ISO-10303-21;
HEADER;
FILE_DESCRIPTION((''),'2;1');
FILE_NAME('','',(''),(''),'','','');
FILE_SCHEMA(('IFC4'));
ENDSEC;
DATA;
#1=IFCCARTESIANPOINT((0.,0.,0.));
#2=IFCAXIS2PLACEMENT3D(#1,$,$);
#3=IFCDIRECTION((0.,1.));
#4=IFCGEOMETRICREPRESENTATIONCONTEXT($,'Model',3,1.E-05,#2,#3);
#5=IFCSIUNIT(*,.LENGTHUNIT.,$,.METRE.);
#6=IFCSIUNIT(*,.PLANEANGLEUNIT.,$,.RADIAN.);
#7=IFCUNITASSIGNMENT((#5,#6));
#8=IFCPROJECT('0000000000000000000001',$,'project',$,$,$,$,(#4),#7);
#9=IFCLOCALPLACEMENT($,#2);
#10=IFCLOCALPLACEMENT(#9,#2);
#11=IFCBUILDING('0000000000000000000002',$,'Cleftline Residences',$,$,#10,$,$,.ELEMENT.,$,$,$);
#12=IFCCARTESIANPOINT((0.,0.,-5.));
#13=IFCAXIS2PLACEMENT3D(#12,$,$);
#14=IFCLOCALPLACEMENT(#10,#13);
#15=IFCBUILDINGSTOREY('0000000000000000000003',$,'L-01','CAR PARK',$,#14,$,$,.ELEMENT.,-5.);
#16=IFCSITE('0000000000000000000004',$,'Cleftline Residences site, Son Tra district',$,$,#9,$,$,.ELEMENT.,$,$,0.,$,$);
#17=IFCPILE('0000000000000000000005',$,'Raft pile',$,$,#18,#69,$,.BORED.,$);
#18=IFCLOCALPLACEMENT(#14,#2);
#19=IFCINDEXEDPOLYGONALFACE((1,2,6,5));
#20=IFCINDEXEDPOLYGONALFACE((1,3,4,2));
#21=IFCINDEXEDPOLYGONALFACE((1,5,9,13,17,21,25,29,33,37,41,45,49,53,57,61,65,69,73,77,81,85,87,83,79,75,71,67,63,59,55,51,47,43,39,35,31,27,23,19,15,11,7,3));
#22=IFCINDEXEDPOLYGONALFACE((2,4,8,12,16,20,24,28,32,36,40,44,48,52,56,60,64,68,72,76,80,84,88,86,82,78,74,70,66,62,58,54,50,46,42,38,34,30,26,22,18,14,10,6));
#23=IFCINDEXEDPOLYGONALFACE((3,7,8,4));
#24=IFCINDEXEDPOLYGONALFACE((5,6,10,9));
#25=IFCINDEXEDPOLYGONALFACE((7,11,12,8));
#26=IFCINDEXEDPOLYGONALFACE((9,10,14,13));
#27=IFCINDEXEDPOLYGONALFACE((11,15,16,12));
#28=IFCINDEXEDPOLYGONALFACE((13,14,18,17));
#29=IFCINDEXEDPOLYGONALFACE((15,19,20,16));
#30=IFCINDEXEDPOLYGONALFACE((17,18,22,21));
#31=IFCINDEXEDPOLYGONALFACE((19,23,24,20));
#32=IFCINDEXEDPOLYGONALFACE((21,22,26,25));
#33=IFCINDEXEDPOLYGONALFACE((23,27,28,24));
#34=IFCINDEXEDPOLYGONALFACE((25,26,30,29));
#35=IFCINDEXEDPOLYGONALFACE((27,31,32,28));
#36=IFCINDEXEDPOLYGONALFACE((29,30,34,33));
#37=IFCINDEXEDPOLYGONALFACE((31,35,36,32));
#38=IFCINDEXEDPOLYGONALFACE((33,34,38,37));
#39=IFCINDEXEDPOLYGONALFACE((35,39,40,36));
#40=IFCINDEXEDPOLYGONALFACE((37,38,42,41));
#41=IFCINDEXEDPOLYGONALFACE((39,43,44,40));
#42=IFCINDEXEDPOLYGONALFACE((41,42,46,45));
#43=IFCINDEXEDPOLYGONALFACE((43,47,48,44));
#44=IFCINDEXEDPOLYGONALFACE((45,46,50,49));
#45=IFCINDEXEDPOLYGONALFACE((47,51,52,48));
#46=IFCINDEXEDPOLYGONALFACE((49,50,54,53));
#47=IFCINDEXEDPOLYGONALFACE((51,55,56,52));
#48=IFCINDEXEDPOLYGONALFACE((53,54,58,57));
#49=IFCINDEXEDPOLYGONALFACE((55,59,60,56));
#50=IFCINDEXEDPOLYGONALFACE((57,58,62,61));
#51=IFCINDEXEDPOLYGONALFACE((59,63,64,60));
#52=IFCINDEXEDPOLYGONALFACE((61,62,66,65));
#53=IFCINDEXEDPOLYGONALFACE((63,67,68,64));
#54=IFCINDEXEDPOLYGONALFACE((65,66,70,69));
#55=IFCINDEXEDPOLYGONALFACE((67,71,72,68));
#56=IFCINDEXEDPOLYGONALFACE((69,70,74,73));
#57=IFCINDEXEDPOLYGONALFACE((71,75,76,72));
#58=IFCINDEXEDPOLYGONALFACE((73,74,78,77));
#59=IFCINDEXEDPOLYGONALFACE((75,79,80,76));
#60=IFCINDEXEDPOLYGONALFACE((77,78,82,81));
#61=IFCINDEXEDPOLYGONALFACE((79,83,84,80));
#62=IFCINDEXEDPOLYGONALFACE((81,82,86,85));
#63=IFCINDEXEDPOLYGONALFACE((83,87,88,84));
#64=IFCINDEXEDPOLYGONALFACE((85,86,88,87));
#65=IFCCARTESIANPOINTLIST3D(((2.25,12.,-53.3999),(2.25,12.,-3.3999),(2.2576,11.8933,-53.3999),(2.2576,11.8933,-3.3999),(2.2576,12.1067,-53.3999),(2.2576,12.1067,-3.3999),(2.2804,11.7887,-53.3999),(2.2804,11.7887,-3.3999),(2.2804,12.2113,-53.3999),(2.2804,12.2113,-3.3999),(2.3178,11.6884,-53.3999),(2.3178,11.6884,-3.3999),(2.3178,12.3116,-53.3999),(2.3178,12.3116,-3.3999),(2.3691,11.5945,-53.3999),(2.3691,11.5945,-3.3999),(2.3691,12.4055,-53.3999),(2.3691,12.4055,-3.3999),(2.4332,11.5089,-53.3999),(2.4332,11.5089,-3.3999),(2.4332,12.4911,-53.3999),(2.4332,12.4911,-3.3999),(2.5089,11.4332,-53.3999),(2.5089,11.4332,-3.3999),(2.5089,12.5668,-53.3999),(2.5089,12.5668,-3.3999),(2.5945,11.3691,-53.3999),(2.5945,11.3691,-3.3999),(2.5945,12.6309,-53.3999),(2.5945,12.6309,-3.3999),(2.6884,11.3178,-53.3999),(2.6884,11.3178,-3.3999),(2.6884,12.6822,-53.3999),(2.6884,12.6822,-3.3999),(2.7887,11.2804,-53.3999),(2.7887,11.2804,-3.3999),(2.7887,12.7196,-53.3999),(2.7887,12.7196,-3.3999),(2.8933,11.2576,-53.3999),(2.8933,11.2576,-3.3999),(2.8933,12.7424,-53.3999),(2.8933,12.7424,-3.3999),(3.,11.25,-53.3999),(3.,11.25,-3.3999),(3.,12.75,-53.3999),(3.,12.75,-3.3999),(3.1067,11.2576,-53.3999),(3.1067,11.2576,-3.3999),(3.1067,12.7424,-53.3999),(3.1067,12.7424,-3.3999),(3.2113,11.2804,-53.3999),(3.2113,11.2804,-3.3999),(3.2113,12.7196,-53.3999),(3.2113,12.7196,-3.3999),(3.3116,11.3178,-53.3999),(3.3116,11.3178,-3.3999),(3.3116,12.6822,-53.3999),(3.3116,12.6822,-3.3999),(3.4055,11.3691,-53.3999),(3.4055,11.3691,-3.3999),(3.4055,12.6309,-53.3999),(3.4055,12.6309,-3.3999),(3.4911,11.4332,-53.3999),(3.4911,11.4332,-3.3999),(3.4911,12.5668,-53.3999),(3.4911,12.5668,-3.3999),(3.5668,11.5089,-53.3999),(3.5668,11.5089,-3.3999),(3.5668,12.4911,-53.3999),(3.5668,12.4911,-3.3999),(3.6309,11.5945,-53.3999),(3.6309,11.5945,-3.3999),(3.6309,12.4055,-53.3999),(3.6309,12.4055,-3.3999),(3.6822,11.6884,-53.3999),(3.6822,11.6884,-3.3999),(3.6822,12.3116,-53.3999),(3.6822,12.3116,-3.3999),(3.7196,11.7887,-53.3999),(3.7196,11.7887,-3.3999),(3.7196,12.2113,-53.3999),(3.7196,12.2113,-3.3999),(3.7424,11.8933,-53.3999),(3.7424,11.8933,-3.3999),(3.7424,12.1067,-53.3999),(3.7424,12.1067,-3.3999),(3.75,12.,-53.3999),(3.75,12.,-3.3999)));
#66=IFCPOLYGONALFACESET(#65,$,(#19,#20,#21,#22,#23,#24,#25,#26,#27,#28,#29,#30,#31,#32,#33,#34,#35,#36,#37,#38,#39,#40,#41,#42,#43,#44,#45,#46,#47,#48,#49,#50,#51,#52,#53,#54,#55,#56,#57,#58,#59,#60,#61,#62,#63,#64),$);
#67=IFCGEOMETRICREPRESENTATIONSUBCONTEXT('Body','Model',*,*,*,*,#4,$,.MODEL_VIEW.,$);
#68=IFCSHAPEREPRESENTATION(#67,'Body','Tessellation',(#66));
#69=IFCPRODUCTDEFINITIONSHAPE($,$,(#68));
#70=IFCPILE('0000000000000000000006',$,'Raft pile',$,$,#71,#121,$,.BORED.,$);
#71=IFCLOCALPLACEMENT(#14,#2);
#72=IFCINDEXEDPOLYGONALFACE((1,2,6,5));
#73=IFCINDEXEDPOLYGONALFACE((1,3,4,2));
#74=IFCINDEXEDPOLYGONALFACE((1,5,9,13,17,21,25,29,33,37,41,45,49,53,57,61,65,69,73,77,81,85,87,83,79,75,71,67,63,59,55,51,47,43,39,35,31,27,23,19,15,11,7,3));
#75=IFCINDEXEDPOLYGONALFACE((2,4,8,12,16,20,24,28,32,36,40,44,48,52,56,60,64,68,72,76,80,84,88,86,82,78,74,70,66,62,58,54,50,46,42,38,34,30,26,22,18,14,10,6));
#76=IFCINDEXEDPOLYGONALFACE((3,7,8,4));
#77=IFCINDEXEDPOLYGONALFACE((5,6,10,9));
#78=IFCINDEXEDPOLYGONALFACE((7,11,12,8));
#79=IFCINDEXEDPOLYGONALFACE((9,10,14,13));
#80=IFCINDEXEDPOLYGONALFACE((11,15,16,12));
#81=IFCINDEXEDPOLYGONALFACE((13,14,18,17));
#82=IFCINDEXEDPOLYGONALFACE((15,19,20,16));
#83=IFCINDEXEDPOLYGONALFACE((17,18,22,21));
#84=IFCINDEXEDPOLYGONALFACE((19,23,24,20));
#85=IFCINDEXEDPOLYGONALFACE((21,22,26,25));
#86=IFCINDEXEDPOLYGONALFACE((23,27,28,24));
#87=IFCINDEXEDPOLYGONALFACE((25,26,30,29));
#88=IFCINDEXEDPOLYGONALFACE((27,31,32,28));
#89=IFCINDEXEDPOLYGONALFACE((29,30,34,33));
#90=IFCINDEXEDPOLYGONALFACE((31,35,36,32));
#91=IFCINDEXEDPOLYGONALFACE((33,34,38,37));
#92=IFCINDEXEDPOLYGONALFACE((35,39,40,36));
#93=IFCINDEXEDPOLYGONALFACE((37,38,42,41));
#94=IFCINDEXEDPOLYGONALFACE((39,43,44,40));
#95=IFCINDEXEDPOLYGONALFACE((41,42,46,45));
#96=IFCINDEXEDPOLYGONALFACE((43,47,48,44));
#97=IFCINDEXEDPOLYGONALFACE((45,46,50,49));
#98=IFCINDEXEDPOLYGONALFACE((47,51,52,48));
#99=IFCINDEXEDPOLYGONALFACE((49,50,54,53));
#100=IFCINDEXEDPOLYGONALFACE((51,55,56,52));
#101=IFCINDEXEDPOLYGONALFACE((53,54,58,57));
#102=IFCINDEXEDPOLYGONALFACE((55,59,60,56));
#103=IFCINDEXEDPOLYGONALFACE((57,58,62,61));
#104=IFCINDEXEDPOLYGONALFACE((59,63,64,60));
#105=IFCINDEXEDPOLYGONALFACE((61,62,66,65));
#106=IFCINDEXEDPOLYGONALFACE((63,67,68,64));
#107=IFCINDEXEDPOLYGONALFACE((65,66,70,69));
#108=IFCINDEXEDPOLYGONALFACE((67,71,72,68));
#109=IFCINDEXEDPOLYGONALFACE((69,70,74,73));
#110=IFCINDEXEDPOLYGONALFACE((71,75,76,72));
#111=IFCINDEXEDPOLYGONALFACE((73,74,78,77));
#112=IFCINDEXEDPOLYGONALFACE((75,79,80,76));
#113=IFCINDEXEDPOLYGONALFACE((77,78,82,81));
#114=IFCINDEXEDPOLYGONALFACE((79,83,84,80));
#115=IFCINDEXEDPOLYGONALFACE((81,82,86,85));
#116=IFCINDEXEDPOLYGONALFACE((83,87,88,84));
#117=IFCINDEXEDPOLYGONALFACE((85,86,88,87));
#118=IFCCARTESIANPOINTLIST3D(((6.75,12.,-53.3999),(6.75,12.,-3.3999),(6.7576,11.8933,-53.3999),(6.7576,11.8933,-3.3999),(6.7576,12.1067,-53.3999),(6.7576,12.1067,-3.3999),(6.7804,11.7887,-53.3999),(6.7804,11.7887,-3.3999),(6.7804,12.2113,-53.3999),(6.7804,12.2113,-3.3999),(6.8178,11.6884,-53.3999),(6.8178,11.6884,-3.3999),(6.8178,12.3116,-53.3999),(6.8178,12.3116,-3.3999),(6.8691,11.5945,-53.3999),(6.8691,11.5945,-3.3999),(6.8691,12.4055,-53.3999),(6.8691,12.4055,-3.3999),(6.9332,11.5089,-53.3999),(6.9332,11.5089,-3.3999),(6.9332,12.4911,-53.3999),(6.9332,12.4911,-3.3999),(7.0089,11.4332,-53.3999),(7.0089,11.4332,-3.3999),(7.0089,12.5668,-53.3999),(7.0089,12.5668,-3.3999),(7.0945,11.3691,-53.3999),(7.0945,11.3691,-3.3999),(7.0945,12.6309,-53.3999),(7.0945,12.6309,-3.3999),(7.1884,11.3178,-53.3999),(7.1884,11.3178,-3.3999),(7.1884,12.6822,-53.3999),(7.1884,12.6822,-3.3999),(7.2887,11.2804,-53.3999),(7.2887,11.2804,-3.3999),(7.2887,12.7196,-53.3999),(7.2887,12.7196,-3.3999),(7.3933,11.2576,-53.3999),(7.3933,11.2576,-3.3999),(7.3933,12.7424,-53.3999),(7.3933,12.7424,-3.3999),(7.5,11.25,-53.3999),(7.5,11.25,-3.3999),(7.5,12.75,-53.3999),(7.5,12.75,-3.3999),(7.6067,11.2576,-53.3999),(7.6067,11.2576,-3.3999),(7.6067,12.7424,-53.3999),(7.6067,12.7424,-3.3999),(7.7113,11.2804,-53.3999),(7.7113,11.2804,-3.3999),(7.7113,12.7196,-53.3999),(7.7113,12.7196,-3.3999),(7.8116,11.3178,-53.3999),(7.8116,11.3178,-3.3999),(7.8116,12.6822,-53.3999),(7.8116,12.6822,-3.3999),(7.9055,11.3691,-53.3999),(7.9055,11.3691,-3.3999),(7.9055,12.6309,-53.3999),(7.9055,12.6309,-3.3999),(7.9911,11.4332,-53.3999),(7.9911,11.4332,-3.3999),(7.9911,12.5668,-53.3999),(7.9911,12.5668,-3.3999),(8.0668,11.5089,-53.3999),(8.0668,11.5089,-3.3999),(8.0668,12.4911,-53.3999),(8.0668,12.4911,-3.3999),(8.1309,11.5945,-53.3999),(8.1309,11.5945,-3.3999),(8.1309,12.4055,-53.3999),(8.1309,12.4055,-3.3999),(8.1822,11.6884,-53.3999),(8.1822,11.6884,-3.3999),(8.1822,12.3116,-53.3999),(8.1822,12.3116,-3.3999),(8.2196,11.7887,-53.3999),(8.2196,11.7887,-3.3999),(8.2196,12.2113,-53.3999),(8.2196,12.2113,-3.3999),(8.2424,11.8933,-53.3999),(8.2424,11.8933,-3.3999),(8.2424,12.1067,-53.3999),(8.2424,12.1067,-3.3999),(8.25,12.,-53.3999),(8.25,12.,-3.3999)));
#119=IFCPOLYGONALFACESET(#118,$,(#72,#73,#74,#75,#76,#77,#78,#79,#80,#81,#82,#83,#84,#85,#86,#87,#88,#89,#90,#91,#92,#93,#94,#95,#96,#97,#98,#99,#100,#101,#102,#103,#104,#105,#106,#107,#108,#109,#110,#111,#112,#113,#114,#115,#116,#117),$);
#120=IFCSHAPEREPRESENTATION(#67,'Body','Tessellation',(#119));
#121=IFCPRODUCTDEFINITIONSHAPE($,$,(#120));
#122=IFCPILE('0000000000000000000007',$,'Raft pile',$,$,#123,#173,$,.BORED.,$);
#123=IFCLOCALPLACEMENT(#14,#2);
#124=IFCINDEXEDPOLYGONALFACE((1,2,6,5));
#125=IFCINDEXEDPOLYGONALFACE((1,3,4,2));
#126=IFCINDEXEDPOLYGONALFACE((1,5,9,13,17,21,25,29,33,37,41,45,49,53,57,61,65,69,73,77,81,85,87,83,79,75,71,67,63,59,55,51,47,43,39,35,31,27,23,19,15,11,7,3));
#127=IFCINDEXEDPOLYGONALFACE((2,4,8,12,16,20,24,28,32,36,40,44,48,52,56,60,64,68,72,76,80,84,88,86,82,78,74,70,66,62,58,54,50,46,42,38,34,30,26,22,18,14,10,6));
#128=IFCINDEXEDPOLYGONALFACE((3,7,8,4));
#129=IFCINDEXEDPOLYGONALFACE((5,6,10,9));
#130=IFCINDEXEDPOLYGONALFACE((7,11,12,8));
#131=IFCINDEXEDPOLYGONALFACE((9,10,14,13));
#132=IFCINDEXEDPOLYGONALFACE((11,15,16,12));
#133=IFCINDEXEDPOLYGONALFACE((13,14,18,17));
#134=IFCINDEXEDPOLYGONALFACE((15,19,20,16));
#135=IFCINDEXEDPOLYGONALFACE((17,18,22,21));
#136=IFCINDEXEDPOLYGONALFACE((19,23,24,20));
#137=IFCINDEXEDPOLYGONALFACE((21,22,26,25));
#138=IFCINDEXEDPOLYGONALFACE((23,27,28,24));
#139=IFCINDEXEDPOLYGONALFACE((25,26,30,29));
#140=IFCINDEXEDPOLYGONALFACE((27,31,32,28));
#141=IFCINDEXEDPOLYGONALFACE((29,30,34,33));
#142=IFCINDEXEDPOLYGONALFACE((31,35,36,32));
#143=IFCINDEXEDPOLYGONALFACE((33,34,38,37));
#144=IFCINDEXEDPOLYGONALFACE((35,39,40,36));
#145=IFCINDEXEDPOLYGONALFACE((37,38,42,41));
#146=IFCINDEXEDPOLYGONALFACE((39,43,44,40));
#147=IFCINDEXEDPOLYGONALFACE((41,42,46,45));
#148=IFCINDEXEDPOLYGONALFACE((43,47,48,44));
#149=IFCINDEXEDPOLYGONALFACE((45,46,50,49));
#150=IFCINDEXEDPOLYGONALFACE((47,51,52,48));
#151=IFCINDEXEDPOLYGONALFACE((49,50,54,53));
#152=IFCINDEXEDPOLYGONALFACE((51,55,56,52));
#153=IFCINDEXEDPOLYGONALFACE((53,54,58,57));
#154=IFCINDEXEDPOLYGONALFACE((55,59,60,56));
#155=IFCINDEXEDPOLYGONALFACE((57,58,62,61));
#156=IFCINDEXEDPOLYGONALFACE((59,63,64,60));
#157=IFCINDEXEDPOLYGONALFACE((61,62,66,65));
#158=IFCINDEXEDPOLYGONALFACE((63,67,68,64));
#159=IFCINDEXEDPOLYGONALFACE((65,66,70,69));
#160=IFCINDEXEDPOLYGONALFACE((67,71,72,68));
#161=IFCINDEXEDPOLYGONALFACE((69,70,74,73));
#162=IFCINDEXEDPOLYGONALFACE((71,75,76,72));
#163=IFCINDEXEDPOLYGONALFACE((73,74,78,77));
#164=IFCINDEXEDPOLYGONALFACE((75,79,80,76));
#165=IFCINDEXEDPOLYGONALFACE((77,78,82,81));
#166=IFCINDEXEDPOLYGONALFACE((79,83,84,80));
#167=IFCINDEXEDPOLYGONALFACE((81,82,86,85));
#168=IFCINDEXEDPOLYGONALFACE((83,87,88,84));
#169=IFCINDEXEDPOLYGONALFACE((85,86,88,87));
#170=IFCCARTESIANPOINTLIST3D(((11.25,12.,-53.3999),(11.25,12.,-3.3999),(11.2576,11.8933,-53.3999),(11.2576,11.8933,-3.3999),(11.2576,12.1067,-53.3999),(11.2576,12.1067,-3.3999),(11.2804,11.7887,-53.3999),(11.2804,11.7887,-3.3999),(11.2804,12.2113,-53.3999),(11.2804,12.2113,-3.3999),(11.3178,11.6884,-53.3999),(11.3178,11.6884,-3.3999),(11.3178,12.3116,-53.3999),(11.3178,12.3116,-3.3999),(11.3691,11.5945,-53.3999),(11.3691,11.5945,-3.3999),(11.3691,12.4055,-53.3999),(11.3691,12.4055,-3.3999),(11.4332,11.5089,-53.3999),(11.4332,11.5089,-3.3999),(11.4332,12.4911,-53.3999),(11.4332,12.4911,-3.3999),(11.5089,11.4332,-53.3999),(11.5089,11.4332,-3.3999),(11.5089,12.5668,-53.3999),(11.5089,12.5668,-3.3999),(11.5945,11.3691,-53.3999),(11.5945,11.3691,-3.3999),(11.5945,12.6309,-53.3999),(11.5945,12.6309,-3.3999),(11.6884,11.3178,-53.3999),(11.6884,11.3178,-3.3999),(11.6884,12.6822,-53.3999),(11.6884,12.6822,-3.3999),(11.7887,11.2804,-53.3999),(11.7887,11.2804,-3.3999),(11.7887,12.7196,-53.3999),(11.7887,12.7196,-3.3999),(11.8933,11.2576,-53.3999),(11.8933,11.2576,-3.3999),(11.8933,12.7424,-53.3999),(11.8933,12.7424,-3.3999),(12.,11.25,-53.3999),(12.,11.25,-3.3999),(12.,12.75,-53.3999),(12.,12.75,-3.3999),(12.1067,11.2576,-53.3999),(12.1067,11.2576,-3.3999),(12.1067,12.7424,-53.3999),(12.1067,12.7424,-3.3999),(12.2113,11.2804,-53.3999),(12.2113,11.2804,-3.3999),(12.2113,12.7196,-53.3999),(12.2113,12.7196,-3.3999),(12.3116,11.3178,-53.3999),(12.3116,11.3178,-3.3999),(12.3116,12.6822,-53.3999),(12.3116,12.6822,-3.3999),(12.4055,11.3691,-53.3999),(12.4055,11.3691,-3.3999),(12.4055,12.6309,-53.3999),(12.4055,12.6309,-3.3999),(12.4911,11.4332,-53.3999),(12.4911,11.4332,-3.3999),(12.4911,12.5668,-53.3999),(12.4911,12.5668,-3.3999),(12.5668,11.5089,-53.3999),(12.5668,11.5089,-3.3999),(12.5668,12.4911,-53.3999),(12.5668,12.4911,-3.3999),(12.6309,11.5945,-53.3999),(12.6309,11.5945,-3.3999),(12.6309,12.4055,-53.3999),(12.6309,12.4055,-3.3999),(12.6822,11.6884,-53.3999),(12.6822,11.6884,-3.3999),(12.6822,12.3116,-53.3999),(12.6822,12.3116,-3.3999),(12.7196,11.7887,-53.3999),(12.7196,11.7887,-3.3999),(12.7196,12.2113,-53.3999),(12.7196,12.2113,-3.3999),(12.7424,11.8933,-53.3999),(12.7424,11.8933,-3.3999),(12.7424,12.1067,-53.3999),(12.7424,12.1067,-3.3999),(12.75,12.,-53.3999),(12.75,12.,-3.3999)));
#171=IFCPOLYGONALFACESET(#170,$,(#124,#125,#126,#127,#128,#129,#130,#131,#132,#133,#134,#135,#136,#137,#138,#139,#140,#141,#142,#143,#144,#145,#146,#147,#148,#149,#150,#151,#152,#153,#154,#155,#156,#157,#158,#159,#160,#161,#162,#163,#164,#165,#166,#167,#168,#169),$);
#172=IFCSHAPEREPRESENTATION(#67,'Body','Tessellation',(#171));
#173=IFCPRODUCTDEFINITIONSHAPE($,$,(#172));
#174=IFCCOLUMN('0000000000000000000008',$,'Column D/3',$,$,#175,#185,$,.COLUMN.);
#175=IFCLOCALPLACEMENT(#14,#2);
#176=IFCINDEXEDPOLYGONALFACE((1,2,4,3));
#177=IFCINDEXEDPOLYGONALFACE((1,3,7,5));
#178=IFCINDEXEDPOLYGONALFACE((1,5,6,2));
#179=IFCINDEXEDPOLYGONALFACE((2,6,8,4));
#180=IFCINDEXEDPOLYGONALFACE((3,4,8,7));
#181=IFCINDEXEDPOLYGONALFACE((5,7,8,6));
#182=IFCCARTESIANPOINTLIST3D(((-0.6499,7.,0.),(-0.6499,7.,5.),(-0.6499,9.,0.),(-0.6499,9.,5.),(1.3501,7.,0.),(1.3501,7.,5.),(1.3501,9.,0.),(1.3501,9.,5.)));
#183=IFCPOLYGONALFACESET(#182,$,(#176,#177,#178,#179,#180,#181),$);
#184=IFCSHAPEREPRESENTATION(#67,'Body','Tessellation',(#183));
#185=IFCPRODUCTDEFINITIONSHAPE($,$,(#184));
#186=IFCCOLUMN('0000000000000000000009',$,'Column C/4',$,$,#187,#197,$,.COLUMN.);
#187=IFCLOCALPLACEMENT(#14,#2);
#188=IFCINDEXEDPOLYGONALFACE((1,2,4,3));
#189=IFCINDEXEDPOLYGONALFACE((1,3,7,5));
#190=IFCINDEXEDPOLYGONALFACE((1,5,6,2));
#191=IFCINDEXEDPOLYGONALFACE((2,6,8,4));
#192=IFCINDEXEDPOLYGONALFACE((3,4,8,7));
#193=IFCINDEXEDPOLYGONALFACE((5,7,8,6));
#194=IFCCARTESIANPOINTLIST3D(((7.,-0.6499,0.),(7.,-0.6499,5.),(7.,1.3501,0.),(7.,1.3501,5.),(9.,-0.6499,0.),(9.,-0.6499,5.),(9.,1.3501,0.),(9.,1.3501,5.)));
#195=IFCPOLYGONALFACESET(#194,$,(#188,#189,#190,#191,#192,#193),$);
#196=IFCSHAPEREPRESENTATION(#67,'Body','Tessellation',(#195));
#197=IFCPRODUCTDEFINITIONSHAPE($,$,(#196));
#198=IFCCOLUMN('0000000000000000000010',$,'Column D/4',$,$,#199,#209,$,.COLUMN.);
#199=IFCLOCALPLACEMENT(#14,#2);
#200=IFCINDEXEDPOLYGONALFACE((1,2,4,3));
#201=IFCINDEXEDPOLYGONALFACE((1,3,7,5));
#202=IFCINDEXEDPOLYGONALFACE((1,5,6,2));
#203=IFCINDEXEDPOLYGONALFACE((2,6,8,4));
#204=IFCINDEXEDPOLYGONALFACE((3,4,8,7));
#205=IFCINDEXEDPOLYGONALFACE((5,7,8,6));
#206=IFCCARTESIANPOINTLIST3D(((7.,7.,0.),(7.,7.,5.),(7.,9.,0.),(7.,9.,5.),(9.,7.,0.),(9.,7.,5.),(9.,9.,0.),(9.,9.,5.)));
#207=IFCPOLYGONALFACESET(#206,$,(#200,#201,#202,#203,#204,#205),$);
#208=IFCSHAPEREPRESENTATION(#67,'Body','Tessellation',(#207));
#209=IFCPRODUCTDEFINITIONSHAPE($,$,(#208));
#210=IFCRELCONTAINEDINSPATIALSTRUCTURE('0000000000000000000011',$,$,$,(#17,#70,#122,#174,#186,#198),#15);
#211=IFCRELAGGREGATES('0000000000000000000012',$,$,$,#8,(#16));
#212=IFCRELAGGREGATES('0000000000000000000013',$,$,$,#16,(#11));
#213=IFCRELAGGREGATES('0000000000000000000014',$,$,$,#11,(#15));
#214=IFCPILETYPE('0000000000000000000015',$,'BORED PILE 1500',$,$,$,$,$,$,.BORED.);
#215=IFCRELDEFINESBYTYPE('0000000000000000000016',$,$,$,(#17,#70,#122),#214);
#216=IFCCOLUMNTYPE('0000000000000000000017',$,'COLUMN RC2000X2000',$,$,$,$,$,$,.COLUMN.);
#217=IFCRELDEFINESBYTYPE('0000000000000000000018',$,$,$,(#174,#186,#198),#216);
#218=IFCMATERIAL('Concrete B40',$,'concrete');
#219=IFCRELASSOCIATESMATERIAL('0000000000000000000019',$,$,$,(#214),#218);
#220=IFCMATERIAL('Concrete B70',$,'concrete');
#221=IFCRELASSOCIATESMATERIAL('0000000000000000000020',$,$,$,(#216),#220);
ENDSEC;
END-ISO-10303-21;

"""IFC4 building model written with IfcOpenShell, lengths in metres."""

from ifc_helpers import new_model, si_unit, direction, frame, origin, origin_2d, place, context, subcontext, project, spatial, rectangle, circle, extrude, material, material_profile, profile_set, type_object, element, save


model = new_model("IFC4")

# Units and contexts
model_context = context("Model", 3, precision=1e-05, world=origin(), true_north=direction((0.0, 1.0)))
body_context = subcontext(model_context, "Body", "Model", "MODEL_VIEW")
ifc_project = project(units=[si_unit("LENGTHUNIT", "METRE"), si_unit("PLANEANGLEUNIT", "RADIAN")], contexts=[model_context])

# Site, building, storey
site_placement = place(None, origin())
site = spatial("IfcSite", under=ifc_project, at=site_placement, Name="Cleftline Residences site, Son Tra district", CompositionType="ELEMENT", RefElevation=0.0)
building_placement = place(site_placement, origin())
building = spatial("IfcBuilding", under=site, at=building_placement, Name="Cleftline Residences", CompositionType="ELEMENT")
storey_placement = place(building_placement, frame((0.0, 0.0, -5.0)))
storey = spatial("IfcBuildingStorey", under=building, at=storey_placement, Name="L-01", Description="CAR PARK", CompositionType="ELEMENT", Elevation=-5.0)

# Piles
ifc_material_1 = material(Name="Concrete B40", Category="concrete")
ifc_material_profile_1 = material_profile(ifc_material_1, circle(Radius=0.75, at=origin_2d()))
ifc_profile_set_1 = profile_set([ifc_material_profile_1], Name="Concrete B40")
pile_type = type_object("IfcPileType", Name="BORED PILE 1500", PredefinedType="BORED", material=ifc_profile_set_1)
for number, where, z_axis, x_axis, name in (
    (1, (3.0, 12.0, -3.3999), (0.0, 0.0, -1.0), (1.0, 0.0, 0.0), "Raft pile"),
    (2, (7.5, 12.0, -3.3999), (0.0, 0.0, -1.0), (1.0, 0.0, 0.0), "Raft pile"),
    (3, (12.0, 12.0, -3.3999), (0.0, 0.0, -1.0), (1.0, 0.0, 0.0), "Raft pile"),
):
    element("IfcPile", number, at=place(storey_placement, frame(where, z_axis=z_axis, x_axis=x_axis)), inside=storey, type_object=pile_type, Name=name, PredefinedType="BORED", context=body_context, shape_type="SweptSolid", body=[
        extrude(circle(Radius=0.75, at=origin_2d()), origin(), (0.0, 0.0, 1.0), 50.0),
    ])

# Columns
ifc_material_2 = material(Name="Concrete B70", Category="concrete")
ifc_material_profile_2 = material_profile(ifc_material_2, rectangle(XDim=2.0, YDim=2.0, at=origin_2d()))
ifc_profile_set_2 = profile_set([ifc_material_profile_2], Name="Concrete B70")
column_type = type_object("IfcColumnType", Name="COLUMN RC2000X2000", PredefinedType="COLUMN", material=ifc_profile_set_2)
for number, where, z_axis, x_axis, name in (
    (4, (0.3501, 8.0, 0.0), (0.0, 0.0, 1.0), (1.0, 0.0, 0.0), "Column D/3"),
    (5, (8.0, 0.3501, 0.0), (0.0, 0.0, 1.0), (1.0, 0.0, 0.0), "Column C/4"),
    (6, (8.0, 8.0, 0.0), (0.0, 0.0, 1.0), (1.0, 0.0, 0.0), "Column D/4"),
):
    element("IfcColumn", number, at=place(storey_placement, frame(where, z_axis=z_axis, x_axis=x_axis)), inside=storey, type_object=column_type, Name=name, PredefinedType="COLUMN", context=body_context, shape_type="SweptSolid", body=[
        extrude(rectangle(XDim=2.0, YDim=2.0, at=origin_2d()), origin(), (0.0, 0.0, 1.0), 5.0),
    ])

save(model, "model.ifc")
